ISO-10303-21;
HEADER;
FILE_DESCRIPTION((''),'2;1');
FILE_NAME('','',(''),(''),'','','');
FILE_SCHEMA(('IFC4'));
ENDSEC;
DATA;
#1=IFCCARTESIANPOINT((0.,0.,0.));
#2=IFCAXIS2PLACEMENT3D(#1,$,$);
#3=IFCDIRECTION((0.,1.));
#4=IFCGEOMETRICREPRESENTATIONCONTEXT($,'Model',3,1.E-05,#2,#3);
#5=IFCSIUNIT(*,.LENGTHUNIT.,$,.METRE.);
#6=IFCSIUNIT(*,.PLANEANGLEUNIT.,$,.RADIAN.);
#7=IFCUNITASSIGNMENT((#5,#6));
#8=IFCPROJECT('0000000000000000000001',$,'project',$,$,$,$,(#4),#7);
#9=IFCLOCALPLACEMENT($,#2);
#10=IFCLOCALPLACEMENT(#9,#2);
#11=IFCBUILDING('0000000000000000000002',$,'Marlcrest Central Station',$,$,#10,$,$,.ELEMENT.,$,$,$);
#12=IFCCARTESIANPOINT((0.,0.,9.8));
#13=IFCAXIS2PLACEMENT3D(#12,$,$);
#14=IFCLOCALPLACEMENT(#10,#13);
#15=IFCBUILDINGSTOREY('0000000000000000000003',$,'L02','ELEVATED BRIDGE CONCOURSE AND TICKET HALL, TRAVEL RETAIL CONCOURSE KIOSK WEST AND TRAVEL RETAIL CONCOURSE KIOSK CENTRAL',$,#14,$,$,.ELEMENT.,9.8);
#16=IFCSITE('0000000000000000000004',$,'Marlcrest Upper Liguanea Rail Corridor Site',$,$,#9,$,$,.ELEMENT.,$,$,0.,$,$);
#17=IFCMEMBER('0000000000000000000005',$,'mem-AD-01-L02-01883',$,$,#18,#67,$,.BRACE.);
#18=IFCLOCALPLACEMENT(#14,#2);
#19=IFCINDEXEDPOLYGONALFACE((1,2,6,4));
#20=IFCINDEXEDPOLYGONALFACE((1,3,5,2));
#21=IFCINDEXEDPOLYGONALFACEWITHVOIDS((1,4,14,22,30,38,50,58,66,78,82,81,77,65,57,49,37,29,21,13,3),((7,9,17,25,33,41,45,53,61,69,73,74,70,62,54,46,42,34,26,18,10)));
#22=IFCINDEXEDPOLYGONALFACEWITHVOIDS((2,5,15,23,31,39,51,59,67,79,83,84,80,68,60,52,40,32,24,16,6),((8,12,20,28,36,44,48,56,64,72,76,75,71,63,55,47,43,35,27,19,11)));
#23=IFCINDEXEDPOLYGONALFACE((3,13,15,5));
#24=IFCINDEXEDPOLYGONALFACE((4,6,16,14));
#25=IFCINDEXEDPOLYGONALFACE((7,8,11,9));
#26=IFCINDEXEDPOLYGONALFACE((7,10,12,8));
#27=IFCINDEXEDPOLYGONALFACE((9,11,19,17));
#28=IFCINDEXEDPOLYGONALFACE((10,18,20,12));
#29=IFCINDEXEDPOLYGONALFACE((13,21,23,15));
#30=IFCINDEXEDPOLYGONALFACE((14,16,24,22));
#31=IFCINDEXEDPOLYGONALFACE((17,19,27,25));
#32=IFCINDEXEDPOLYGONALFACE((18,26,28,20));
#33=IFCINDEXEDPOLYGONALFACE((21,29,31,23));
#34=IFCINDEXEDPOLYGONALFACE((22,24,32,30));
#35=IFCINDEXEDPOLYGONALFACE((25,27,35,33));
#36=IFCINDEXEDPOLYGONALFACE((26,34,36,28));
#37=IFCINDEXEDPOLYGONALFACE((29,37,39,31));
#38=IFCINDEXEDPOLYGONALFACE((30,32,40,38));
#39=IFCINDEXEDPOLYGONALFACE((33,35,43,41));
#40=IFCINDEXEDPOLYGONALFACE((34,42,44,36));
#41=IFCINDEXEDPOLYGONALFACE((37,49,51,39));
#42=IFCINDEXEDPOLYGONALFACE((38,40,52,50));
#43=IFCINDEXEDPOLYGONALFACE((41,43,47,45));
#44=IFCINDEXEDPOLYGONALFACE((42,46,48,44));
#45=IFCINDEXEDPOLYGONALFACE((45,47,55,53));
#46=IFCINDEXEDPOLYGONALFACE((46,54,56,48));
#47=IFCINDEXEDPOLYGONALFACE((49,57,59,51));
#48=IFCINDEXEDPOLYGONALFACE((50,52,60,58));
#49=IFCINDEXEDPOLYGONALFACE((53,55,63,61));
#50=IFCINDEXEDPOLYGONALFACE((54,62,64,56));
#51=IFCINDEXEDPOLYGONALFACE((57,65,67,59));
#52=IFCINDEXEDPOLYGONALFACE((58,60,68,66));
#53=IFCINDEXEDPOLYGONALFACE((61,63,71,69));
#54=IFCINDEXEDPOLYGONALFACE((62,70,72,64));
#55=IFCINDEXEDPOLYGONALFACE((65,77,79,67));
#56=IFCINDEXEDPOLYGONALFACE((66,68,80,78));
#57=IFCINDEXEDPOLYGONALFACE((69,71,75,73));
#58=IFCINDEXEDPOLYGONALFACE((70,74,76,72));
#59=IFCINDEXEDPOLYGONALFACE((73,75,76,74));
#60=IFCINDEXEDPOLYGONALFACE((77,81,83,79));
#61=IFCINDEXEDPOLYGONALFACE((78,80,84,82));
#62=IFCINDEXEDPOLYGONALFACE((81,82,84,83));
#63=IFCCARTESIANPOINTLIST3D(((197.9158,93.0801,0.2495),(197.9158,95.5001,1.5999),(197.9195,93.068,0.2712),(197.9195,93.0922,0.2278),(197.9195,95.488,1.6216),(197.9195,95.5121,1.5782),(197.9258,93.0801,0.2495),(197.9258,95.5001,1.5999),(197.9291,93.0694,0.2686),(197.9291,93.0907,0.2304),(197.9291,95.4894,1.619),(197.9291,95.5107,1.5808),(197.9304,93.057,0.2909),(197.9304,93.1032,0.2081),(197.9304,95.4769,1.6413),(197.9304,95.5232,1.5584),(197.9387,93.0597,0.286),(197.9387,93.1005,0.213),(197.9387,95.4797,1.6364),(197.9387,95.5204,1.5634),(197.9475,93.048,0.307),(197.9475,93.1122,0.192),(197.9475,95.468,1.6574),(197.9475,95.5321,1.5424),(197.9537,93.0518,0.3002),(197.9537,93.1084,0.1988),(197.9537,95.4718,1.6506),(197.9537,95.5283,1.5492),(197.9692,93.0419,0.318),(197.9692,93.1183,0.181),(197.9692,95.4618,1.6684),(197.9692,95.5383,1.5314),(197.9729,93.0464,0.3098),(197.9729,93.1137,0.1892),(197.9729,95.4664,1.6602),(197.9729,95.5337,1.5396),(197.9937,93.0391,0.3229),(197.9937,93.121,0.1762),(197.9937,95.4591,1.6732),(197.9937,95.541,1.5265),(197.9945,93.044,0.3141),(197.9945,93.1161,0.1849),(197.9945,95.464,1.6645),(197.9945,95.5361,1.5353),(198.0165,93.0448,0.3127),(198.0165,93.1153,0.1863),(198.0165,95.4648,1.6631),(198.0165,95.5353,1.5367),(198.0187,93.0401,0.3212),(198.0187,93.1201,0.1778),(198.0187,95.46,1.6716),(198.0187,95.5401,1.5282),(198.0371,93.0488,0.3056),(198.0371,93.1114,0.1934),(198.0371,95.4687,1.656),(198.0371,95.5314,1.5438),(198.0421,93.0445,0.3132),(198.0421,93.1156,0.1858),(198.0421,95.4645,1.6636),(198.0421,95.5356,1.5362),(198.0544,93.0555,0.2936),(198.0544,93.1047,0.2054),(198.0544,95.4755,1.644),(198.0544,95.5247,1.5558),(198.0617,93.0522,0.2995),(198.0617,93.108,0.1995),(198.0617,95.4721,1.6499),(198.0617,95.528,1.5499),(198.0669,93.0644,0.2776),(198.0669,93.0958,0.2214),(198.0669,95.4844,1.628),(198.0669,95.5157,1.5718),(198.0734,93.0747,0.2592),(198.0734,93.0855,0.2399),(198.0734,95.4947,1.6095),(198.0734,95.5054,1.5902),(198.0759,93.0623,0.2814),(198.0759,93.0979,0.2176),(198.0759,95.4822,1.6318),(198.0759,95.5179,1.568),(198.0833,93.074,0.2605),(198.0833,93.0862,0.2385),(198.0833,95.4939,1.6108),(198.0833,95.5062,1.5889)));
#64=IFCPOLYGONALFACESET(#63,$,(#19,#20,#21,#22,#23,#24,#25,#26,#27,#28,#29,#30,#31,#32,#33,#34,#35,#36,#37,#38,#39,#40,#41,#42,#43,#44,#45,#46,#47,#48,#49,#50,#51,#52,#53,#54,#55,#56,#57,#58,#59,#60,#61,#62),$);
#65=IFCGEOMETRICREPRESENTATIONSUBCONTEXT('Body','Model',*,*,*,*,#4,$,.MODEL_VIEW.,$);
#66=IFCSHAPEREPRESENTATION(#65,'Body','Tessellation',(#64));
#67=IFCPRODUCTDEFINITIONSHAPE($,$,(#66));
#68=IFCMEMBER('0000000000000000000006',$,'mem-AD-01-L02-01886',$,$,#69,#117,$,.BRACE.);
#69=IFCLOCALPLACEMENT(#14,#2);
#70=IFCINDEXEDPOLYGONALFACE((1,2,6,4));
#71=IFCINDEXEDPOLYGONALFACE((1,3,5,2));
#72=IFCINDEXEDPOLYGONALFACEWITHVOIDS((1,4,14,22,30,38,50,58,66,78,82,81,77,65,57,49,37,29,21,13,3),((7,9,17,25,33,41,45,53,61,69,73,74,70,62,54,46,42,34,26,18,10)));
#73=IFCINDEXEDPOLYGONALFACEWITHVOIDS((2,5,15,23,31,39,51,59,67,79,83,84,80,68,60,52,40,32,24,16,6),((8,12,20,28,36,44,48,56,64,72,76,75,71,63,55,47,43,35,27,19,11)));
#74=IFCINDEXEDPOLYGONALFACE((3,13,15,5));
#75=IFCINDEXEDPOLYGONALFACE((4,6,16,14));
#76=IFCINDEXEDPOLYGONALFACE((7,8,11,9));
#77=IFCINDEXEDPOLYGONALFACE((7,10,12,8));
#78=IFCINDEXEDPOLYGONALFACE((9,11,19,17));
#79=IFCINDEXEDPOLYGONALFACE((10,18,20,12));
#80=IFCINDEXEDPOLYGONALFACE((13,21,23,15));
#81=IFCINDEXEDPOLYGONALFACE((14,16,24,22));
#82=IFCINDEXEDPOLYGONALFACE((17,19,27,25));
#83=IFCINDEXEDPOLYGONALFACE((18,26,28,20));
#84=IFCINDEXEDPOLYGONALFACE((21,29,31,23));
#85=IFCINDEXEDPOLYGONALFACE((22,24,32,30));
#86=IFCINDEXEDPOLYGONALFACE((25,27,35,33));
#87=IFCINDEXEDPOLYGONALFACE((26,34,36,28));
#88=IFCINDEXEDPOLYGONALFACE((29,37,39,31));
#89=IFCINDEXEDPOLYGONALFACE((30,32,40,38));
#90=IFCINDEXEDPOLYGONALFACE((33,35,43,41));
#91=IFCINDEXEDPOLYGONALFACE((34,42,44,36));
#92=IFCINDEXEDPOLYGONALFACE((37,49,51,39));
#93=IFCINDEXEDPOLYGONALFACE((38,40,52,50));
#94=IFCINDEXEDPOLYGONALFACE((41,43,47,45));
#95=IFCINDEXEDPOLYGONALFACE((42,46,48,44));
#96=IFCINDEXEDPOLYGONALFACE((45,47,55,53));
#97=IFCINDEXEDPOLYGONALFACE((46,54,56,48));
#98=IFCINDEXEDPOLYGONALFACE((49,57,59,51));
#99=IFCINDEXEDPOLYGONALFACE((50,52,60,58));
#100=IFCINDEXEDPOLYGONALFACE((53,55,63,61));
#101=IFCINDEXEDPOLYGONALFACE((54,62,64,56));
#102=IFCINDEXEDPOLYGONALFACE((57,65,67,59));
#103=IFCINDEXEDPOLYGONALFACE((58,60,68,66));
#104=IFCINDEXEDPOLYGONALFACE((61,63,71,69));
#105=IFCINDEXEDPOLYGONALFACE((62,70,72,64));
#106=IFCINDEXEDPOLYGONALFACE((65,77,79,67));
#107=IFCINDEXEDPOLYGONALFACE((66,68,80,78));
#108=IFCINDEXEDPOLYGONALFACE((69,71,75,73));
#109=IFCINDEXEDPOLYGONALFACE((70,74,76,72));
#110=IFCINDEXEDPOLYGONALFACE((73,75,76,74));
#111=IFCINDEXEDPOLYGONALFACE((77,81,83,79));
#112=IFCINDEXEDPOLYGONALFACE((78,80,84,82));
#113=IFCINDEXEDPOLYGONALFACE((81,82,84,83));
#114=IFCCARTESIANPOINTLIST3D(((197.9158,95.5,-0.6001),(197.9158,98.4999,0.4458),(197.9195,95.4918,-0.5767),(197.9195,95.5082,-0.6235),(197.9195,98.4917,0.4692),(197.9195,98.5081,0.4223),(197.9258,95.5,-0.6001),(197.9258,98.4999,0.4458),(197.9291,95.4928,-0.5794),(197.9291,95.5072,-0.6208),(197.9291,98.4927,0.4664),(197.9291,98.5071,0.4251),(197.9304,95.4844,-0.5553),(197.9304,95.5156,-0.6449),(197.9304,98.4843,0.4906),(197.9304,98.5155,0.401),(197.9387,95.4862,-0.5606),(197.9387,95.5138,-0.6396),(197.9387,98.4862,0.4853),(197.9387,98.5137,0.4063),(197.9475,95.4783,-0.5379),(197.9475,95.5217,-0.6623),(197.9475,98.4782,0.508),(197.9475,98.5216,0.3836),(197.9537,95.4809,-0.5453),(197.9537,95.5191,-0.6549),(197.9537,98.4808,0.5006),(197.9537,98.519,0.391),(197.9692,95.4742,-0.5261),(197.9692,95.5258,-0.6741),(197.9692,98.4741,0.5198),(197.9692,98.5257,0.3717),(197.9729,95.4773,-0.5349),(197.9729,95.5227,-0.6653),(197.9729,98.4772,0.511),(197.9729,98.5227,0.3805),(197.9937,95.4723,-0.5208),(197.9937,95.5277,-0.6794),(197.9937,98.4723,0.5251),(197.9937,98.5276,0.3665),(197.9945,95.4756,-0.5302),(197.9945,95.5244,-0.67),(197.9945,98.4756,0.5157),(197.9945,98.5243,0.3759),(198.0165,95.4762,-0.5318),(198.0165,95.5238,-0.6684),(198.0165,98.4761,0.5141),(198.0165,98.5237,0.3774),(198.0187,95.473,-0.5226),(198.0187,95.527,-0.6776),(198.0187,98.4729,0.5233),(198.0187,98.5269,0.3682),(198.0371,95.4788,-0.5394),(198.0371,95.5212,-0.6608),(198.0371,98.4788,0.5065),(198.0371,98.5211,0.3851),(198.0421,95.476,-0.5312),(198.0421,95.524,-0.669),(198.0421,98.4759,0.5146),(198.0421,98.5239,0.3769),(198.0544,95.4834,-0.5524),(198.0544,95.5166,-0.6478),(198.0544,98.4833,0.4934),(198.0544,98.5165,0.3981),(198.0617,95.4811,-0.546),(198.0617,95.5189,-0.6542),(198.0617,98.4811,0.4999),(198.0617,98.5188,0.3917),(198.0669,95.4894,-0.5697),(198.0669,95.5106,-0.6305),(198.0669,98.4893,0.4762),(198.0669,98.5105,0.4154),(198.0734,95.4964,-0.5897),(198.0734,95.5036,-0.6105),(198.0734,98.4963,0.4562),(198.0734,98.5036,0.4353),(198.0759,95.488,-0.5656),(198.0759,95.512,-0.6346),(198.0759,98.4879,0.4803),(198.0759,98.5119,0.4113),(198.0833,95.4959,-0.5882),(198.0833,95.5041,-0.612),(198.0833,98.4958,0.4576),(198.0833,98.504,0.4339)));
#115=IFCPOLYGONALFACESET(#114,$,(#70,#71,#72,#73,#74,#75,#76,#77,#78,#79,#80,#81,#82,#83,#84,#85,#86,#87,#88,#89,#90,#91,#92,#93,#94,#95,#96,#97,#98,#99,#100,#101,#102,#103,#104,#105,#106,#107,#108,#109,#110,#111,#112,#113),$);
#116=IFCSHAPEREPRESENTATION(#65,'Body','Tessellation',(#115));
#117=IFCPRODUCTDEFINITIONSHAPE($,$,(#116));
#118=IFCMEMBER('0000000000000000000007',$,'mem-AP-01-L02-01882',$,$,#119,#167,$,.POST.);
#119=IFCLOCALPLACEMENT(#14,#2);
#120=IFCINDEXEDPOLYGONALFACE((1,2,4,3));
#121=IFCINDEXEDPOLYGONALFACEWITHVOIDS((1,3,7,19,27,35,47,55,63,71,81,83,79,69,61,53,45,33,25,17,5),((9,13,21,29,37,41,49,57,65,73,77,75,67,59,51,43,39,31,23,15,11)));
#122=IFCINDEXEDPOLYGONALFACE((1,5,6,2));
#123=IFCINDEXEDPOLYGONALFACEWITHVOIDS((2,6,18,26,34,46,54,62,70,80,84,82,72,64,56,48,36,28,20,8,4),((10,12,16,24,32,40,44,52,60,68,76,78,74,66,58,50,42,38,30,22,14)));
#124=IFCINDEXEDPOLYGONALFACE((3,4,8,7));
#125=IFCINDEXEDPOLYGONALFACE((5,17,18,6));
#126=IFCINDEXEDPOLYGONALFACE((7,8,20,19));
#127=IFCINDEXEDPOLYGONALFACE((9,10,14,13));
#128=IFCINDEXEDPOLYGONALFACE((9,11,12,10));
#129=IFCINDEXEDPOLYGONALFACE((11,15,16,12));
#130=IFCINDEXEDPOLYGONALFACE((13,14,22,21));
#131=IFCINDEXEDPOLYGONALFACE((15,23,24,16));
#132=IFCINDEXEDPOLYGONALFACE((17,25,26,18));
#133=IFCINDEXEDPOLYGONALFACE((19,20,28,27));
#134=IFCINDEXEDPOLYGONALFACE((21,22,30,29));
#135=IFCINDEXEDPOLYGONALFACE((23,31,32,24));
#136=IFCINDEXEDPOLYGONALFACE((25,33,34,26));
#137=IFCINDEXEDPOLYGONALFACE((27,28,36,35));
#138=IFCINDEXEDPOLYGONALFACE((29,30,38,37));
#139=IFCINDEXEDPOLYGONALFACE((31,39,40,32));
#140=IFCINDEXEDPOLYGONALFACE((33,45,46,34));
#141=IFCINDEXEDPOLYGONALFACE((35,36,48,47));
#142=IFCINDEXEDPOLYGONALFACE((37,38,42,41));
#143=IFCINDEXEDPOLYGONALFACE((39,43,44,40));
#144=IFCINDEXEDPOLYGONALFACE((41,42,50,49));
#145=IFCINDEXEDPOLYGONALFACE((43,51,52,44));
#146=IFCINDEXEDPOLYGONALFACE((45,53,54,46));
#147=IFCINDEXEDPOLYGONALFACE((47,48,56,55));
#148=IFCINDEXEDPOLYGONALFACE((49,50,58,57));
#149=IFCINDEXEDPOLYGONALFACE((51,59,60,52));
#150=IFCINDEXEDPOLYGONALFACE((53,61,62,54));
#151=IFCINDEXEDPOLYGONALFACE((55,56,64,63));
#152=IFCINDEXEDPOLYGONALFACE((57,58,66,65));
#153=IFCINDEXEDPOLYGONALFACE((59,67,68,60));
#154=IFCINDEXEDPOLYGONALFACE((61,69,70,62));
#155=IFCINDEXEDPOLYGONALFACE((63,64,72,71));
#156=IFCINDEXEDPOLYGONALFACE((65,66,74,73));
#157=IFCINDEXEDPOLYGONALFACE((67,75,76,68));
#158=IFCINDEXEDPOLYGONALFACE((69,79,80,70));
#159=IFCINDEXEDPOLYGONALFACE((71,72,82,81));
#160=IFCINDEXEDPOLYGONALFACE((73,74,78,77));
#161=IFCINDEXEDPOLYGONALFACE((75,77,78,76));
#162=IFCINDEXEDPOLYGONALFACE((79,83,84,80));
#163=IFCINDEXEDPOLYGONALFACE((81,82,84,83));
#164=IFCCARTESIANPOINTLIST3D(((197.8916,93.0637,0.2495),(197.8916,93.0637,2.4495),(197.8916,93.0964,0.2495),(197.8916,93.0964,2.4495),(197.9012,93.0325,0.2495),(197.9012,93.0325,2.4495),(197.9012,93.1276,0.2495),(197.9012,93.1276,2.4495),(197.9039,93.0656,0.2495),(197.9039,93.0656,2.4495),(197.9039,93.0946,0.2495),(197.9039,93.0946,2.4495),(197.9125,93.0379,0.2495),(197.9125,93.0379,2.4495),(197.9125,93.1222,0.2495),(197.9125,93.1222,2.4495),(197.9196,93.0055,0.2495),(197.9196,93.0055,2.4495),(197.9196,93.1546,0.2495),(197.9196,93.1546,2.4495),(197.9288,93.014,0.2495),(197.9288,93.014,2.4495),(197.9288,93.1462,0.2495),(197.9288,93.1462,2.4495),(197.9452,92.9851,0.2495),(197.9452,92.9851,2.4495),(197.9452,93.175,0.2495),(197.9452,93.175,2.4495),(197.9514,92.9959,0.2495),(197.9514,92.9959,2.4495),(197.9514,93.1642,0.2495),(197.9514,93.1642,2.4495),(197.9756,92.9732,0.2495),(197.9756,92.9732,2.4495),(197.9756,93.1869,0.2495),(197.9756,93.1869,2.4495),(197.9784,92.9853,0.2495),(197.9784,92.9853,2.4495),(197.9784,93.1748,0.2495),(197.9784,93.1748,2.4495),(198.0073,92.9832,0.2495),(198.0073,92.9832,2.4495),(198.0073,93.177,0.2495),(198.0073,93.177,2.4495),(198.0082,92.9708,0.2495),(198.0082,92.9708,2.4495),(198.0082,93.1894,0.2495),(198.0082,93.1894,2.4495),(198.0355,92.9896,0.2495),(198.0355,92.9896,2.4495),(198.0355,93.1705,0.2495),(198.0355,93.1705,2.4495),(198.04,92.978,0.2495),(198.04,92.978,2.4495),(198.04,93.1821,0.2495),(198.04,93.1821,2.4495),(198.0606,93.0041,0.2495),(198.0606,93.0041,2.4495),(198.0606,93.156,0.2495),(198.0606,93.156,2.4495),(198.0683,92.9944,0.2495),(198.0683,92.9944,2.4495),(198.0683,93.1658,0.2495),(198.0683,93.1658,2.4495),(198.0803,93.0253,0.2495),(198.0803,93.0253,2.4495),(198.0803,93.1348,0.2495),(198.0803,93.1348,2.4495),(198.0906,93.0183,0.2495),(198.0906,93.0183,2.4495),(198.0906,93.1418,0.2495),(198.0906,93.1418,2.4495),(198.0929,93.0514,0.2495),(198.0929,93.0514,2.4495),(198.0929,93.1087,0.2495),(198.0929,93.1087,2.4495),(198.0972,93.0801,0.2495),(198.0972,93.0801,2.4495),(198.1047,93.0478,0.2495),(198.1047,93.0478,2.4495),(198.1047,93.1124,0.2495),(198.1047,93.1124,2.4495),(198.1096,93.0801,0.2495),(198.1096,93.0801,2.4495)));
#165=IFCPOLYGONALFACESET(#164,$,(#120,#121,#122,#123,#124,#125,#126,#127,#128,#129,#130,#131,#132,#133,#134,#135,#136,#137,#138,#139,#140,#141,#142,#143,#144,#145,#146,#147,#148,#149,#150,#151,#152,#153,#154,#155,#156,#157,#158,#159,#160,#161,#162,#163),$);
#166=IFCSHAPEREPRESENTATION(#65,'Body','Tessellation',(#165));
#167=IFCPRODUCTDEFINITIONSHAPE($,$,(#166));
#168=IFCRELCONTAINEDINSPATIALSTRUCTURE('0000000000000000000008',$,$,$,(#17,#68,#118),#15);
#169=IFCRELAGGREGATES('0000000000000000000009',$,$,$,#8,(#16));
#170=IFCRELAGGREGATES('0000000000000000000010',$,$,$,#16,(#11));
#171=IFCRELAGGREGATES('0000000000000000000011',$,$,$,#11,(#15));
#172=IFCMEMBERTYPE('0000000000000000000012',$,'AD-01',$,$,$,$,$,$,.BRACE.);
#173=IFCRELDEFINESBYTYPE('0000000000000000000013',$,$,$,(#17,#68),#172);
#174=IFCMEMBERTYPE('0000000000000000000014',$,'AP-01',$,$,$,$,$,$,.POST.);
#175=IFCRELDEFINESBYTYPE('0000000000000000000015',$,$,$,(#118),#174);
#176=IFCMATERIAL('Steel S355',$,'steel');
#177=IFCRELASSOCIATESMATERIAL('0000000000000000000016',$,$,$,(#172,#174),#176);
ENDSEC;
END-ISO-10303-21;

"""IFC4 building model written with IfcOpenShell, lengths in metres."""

from ifc_helpers import new_model, si_unit, direction, frame, origin, origin_2d, place, context, subcontext, project, spatial, hollow_circle, extrude, material, material_profile, profile_set, type_object, element, save


model = new_model("IFC4")

# Units and contexts
model_context = context("Model", 3, precision=1e-05, world=origin(), true_north=direction((0.0, 1.0)))
body_context = subcontext(model_context, "Body", "Model", "MODEL_VIEW")
ifc_project = project(units=[si_unit("LENGTHUNIT", "METRE"), si_unit("PLANEANGLEUNIT", "RADIAN")], contexts=[model_context])

# Site, building, storey
site_placement = place(None, origin())
site = spatial("IfcSite", under=ifc_project, at=site_placement, Name="Marlcrest Upper Liguanea Rail Corridor Site", CompositionType="ELEMENT", RefElevation=0.0)
building_placement = place(site_placement, origin())
building = spatial("IfcBuilding", under=site, at=building_placement, Name="Marlcrest Central Station", CompositionType="ELEMENT")
storey_placement = place(building_placement, frame((0.0, 0.0, 9.8)))
storey = spatial("IfcBuildingStorey", under=building, at=storey_placement, Name="L02", Description="ELEVATED BRIDGE CONCOURSE AND TICKET HALL, TRAVEL RETAIL CONCOURSE KIOSK WEST AND TRAVEL RETAIL CONCOURSE KIOSK CENTRAL", CompositionType="ELEMENT", Elevation=9.8)

# Members
ifc_material_1 = material(Name="Steel S355", Category="steel")
ifc_material_profile_1 = material_profile(ifc_material_1, hollow_circle(Radius=0.0842, WallThickness=0.01, at=origin_2d()), Name="CHS 168.3x10")
ifc_profile_set_1 = profile_set([ifc_material_profile_1], Name="Steel S355")
member_type_1 = type_object("IfcMemberType", Name="AD-01", PredefinedType="BRACE", material=ifc_profile_set_1)
member_1_placement = place(storey_placement, frame((198.0, 93.0801, 0.2495), z_axis=(0.0, 0.873246, 0.48728), x_axis=(-1.0, 0.0, 0.0)))
element("IfcMember", 1, at=member_1_placement, inside=storey, type_object=member_type_1, Name="mem-AD-01-L02-01883", PredefinedType="BRACE", context=body_context, shape_type="SweptSolid", body=[
    extrude(hollow_circle(Radius=0.0842, WallThickness=0.01, at=origin_2d()), origin(), (0.0, 0.0, 1.0), 2.7712),
])
member_2_placement = place(storey_placement, frame((198.0, 95.5, -0.6001), z_axis=(0.0, 0.94426, 0.3292), x_axis=(-1.0, 0.0, 0.0)))
element("IfcMember", 2, at=member_2_placement, inside=storey, type_object=member_type_1, Name="mem-AD-01-L02-01886", PredefinedType="BRACE", context=body_context, shape_type="SweptSolid", body=[
    extrude(hollow_circle(Radius=0.0842, WallThickness=0.01, at=origin_2d()), origin(), (0.0, 0.0, 1.0), 3.177),
])
ifc_material_profile_2 = material_profile(ifc_material_1, hollow_circle(Radius=0.1096, WallThickness=0.0125, at=origin_2d()), Name="CHS 219.1x12.5")
ifc_profile_set_2 = profile_set([ifc_material_profile_2], Name="Steel S355")
member_type_2 = type_object("IfcMemberType", Name="AP-01", PredefinedType="POST", material=ifc_profile_set_2)
for number, where, z_axis, x_axis, name in (
    (3, (198.0, 93.0801, 0.2495), (0.0, 0.0, 1.0), (1.0, 0.0, 0.0), "mem-AP-01-L02-01882"),
):
    element("IfcMember", number, at=place(storey_placement, frame(where, z_axis=z_axis, x_axis=x_axis)), inside=storey, type_object=member_type_2, Name=name, PredefinedType="POST", context=body_context, shape_type="SweptSolid", body=[
        extrude(hollow_circle(Radius=0.1096, WallThickness=0.0125, at=origin_2d()), origin(), (0.0, 0.0, 1.0), 2.2),
    ])

save(model, "model.ifc")
